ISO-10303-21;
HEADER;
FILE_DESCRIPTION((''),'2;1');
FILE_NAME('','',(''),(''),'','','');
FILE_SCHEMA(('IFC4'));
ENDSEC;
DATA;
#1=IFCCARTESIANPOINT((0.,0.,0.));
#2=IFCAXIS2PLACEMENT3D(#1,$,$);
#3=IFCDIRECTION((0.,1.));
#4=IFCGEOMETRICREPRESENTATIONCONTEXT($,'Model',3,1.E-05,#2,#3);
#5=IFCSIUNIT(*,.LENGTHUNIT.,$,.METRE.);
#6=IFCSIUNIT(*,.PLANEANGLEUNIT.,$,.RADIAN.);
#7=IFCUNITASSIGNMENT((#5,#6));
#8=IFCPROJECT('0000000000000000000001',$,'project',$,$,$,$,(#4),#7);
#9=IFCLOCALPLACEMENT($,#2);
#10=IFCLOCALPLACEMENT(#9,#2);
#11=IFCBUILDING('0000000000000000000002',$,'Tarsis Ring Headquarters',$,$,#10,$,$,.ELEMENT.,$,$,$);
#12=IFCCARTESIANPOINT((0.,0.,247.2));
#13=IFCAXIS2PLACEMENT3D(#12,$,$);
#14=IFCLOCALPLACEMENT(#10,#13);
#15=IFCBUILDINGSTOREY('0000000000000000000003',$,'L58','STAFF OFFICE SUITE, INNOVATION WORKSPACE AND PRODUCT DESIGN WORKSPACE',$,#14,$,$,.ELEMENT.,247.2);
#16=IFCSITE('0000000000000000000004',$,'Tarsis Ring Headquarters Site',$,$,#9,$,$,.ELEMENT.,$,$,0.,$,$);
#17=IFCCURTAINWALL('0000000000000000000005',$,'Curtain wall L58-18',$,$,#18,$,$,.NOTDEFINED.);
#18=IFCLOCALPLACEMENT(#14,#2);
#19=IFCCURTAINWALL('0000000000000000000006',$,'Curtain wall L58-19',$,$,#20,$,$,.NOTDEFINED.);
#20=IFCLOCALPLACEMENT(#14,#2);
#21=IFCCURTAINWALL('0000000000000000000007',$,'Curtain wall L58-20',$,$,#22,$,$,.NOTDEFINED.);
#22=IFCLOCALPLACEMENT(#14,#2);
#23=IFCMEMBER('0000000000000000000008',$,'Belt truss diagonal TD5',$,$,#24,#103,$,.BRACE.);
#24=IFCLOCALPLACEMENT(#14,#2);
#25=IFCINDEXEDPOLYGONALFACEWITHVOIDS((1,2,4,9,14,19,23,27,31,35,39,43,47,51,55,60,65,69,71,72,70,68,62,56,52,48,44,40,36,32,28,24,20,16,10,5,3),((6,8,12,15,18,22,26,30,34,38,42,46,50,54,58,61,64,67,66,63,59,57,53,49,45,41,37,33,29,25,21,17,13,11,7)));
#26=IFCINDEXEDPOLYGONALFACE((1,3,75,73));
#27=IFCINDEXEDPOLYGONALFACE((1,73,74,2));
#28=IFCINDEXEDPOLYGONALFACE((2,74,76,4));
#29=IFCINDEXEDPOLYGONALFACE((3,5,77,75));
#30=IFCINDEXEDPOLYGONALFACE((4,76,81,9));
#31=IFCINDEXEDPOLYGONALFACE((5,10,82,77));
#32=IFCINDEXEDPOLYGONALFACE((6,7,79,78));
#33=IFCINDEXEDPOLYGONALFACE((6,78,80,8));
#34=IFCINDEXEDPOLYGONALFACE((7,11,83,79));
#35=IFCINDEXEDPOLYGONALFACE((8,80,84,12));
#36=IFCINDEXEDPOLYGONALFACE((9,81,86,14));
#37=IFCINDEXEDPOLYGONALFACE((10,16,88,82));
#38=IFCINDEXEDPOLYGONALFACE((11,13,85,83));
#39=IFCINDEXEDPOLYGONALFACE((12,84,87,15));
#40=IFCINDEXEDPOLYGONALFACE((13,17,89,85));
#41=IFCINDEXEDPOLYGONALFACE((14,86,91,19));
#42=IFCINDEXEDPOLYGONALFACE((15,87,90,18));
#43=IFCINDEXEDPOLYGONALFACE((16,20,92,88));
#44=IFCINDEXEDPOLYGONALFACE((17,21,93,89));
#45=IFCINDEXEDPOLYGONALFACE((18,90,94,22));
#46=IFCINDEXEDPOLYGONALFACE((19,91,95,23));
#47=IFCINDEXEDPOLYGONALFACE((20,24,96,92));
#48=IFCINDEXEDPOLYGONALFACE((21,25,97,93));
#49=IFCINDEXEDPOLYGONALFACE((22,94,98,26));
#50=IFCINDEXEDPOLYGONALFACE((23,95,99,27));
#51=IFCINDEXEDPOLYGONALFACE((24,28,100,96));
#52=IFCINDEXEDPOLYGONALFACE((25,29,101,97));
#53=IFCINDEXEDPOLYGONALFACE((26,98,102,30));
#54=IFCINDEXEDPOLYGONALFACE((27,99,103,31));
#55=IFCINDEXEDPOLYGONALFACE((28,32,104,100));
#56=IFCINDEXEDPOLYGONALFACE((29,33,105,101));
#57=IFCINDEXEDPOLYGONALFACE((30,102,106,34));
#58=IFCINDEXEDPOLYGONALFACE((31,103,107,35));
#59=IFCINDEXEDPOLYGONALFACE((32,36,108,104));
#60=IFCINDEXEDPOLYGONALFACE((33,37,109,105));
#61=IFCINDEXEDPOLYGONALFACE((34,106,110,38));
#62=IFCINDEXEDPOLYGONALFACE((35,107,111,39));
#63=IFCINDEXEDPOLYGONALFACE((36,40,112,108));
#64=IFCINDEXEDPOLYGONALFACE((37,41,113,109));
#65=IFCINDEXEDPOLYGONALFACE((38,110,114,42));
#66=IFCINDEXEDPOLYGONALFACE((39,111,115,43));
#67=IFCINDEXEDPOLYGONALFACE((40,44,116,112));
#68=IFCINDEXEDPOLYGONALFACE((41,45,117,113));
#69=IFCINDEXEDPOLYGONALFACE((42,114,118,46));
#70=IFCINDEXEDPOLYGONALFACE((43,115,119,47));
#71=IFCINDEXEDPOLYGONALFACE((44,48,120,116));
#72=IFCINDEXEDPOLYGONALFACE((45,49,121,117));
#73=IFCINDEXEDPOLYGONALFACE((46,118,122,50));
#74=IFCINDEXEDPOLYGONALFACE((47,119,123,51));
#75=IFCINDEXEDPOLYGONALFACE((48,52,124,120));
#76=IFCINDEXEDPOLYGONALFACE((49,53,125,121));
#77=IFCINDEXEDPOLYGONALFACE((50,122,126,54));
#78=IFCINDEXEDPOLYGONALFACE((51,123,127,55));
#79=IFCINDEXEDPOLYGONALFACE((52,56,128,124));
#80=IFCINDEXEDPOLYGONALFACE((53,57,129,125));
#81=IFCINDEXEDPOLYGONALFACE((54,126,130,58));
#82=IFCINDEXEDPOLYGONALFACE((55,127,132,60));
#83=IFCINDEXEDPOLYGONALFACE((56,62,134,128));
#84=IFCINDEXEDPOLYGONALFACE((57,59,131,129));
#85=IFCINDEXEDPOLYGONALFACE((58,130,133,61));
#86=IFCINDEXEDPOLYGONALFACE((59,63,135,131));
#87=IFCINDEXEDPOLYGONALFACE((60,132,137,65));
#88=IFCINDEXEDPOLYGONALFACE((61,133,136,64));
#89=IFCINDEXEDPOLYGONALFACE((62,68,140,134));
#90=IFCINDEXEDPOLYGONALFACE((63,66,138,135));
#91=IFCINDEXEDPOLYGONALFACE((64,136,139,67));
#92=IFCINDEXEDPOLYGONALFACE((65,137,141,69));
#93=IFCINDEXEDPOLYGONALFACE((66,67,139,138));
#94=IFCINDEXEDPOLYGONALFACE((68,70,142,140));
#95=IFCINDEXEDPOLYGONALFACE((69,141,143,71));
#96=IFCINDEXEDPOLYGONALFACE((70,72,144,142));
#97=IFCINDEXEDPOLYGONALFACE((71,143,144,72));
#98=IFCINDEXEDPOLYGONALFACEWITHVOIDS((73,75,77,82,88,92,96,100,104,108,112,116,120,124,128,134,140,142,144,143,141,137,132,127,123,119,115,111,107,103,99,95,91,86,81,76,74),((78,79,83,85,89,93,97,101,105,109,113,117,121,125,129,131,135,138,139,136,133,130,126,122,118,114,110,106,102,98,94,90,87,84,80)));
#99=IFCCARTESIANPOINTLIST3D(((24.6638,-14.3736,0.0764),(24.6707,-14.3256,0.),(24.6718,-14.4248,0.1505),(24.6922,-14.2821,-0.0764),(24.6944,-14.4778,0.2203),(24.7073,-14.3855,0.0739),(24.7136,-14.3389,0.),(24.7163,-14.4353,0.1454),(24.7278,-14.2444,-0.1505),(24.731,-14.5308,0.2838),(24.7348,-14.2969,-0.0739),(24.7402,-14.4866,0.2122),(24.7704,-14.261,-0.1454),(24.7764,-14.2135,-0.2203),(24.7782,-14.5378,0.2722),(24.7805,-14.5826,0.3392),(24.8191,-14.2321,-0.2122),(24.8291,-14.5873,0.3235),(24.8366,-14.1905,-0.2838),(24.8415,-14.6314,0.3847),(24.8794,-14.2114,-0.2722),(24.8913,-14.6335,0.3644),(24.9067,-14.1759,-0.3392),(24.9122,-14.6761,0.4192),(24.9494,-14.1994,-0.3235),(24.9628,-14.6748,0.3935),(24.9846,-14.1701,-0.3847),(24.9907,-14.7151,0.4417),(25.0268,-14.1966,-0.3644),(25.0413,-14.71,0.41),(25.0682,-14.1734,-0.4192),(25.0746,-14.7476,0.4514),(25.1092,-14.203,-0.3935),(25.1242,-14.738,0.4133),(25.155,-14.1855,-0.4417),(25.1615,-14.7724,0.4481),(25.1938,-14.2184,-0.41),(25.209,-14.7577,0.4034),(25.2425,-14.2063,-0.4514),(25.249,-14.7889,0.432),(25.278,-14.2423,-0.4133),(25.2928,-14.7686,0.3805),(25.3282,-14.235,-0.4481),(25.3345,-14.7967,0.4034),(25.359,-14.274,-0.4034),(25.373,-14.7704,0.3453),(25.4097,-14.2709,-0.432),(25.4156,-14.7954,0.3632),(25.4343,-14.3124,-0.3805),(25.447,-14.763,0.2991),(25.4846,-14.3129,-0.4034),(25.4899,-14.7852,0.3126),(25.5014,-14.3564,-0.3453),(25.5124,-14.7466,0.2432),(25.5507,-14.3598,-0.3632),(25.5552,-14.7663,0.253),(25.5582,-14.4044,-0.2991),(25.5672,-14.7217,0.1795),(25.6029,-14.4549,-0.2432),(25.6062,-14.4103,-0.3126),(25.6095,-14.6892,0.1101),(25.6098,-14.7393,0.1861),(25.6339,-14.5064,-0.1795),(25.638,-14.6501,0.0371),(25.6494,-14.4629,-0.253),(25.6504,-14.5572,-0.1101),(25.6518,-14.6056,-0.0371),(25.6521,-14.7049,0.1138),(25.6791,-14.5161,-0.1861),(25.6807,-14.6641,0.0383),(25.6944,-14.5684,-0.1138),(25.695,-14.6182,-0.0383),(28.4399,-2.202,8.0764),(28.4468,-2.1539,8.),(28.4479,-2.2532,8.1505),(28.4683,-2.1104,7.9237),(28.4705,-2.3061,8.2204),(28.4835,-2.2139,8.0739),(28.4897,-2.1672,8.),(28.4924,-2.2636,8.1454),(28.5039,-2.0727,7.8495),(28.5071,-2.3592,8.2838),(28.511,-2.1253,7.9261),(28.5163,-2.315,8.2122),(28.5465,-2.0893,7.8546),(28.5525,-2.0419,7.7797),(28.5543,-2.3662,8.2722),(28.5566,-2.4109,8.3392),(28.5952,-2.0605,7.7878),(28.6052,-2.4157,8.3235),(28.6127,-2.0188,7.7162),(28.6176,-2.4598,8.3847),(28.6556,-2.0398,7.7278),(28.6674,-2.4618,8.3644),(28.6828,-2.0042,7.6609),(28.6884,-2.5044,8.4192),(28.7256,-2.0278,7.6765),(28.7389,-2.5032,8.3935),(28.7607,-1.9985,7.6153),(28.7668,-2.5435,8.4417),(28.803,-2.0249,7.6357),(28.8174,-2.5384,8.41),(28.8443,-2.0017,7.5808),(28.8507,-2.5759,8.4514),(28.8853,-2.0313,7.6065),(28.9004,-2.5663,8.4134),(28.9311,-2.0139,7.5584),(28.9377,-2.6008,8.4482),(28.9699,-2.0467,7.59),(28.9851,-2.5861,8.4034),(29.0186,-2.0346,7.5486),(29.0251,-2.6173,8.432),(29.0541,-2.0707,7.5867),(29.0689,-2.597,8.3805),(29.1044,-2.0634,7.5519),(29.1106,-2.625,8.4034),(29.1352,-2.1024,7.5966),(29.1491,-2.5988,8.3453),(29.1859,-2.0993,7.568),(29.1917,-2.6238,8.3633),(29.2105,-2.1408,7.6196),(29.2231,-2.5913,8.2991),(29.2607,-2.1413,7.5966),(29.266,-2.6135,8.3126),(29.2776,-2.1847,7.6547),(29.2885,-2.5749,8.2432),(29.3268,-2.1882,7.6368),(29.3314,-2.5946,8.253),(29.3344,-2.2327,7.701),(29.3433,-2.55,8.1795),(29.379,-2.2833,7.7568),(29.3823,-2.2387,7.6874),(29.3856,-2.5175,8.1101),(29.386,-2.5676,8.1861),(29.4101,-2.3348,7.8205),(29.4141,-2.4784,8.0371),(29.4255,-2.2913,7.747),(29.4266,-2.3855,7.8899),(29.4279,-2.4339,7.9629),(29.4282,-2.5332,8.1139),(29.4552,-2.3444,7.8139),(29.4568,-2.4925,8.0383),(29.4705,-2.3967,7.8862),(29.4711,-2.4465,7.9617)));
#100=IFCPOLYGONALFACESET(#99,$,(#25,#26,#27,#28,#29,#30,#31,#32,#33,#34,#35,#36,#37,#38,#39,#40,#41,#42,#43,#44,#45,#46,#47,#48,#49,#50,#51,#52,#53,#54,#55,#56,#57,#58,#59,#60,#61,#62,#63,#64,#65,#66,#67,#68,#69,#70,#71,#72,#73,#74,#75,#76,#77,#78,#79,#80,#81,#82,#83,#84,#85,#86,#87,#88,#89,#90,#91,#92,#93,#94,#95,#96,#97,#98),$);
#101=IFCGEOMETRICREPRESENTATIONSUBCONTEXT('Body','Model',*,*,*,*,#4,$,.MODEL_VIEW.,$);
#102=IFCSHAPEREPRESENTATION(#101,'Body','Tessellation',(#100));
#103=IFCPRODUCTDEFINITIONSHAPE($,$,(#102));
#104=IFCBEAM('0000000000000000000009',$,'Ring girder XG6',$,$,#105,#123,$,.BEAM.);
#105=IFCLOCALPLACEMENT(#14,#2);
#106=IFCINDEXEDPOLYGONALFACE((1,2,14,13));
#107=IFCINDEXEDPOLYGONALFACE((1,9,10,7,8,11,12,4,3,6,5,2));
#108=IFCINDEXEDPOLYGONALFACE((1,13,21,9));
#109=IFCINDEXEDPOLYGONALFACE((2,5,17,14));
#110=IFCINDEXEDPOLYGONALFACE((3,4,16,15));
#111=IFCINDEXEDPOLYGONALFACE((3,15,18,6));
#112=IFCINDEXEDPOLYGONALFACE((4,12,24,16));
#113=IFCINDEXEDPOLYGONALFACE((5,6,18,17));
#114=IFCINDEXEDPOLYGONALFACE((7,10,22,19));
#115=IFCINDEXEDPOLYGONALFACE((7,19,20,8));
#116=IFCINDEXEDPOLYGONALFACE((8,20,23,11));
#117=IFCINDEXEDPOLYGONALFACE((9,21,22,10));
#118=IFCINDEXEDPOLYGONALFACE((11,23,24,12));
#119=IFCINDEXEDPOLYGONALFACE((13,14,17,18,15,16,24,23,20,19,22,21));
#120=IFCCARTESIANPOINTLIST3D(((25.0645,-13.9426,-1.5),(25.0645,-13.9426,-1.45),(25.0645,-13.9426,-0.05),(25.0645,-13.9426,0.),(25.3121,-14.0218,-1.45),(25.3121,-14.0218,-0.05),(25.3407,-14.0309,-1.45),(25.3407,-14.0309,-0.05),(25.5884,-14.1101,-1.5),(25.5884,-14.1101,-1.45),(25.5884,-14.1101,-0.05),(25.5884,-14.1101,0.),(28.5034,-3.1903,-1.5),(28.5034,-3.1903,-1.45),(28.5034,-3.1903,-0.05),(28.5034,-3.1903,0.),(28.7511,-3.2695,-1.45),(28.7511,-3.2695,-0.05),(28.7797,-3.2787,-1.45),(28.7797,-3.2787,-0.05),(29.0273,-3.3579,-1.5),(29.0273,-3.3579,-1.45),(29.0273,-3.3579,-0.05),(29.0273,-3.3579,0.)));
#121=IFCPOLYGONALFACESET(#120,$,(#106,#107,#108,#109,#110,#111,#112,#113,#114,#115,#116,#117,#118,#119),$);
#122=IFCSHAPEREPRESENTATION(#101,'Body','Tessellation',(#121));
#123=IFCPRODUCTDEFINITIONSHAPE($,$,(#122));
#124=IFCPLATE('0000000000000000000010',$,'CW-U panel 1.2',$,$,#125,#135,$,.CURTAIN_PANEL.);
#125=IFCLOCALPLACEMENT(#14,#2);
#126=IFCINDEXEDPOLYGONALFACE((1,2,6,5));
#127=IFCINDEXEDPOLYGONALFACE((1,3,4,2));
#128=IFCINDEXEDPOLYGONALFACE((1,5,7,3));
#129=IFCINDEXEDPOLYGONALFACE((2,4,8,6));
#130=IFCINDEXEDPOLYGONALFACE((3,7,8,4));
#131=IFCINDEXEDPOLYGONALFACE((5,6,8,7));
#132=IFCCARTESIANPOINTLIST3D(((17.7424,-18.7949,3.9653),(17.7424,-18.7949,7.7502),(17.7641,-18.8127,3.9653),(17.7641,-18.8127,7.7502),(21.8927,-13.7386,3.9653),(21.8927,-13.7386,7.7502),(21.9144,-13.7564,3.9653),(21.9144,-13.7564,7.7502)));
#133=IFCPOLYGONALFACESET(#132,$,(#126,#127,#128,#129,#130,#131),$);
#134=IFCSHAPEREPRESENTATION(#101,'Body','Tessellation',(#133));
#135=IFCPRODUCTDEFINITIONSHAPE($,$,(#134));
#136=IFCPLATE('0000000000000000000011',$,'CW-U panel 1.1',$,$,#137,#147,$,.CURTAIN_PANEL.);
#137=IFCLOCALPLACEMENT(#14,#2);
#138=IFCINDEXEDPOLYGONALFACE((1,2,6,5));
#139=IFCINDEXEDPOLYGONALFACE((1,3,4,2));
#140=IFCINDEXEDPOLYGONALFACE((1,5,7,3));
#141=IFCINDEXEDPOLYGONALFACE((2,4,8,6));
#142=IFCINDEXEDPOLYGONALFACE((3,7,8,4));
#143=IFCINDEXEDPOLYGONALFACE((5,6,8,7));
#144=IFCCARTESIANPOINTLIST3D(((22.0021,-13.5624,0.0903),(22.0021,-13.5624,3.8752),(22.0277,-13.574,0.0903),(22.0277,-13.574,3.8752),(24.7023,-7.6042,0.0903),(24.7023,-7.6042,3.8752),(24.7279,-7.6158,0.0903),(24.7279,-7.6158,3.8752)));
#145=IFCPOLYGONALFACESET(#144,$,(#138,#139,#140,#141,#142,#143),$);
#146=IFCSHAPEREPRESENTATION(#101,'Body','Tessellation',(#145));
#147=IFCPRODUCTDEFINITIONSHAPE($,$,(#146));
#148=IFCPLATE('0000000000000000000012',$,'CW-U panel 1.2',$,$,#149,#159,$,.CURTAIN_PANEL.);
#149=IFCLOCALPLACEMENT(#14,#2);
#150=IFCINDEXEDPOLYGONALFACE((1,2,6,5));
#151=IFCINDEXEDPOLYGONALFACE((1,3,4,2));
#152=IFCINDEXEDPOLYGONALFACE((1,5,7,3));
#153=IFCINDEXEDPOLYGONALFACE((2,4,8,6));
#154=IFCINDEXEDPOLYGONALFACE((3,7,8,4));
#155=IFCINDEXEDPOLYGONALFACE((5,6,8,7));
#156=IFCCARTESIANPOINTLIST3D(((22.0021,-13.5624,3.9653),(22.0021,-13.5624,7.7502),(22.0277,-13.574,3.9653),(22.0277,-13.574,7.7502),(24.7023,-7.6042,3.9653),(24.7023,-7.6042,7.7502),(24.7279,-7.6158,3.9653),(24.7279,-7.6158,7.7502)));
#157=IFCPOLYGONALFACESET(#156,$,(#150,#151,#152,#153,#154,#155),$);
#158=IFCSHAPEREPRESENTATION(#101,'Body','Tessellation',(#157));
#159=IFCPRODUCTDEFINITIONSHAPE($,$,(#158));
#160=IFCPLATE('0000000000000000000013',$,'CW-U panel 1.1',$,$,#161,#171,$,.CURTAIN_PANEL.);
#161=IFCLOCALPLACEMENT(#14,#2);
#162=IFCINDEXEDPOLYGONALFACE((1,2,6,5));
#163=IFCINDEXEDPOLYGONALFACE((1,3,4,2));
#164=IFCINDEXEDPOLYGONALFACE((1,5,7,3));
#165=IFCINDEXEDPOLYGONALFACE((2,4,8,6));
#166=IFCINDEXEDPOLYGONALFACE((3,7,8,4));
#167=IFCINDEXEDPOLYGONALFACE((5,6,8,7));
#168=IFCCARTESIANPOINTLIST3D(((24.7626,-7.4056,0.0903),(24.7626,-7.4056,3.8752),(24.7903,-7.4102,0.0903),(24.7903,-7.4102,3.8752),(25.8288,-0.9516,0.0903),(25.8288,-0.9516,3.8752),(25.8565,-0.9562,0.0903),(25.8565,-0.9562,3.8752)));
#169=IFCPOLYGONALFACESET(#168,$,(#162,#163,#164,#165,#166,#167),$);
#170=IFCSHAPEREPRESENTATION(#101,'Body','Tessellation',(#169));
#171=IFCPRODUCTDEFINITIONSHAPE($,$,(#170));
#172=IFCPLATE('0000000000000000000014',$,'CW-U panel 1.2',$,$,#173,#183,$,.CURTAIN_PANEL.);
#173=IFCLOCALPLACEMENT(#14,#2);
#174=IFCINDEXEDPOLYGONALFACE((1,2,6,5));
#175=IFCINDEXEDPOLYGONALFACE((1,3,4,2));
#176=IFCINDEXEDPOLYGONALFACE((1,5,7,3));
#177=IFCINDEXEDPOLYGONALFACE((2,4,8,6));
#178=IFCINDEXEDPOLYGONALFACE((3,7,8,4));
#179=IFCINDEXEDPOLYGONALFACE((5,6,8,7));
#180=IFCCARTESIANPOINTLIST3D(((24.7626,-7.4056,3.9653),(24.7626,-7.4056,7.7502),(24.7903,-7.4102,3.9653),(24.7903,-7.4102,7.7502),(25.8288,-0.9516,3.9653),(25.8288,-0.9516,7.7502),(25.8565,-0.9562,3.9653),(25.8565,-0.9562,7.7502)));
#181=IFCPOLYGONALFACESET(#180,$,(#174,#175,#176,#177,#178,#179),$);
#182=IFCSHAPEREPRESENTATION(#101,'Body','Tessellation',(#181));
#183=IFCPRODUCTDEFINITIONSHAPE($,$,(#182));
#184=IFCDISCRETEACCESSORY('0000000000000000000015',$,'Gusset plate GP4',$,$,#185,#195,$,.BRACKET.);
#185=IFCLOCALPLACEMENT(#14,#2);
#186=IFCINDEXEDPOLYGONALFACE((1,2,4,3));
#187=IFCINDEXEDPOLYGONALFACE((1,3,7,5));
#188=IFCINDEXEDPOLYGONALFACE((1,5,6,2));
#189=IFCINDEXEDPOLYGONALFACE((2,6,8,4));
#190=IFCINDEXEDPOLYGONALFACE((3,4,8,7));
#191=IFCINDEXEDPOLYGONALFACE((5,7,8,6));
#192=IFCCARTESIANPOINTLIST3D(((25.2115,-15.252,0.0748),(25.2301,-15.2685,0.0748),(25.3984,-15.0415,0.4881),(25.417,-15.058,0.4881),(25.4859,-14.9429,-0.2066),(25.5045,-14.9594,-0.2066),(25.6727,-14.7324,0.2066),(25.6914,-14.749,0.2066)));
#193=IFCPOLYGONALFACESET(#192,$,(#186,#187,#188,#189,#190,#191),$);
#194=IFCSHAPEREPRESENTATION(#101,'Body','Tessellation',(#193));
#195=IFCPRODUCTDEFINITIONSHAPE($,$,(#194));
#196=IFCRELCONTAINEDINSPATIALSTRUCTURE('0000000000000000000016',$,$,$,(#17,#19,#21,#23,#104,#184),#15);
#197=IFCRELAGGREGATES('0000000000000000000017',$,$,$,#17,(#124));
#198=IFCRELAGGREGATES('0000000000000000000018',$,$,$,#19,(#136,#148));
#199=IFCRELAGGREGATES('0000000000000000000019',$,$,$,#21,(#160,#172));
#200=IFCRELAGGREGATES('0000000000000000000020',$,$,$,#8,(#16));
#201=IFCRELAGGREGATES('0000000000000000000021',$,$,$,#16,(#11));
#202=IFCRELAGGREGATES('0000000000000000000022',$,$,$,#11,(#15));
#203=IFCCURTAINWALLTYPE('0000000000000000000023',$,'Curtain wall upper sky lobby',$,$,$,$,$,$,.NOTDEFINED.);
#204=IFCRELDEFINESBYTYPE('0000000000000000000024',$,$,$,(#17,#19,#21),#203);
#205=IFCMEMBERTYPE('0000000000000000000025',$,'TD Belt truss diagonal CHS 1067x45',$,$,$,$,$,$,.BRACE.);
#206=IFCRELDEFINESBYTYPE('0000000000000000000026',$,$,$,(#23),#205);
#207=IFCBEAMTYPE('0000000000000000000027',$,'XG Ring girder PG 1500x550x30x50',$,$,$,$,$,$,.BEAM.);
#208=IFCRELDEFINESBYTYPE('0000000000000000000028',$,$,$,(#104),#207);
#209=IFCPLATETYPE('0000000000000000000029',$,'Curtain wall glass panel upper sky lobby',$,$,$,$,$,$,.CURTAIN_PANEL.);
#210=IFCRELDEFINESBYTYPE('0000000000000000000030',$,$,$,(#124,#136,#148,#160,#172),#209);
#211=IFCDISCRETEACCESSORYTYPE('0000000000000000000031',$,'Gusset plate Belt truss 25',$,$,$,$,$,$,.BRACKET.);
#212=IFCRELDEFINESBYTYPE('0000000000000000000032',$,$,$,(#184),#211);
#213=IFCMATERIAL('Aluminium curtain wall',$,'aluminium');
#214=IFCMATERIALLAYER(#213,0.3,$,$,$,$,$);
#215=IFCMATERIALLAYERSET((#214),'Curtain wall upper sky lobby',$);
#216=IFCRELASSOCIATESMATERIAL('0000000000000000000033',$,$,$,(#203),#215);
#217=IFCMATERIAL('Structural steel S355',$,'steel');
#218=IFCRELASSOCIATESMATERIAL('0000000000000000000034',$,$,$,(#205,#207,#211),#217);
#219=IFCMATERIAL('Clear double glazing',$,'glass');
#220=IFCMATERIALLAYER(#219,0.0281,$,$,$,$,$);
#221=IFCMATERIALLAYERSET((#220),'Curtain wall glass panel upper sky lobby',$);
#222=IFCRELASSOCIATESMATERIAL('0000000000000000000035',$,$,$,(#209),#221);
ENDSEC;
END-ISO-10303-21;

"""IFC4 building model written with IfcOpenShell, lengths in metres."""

from ifc_helpers import new_model, si_unit, direction, frame, origin, origin_2d, place, context, subcontext, project, spatial, rectangle, hollow_circle, i_section, extrude, material, layer, layer_set, material_profile, profile_set, type_object, element, aggregate, save


model = new_model("IFC4")

# Units and contexts
model_context = context("Model", 3, precision=1e-05, world=origin(), true_north=direction((0.0, 1.0)))
body_context = subcontext(model_context, "Body", "Model", "MODEL_VIEW")
ifc_project = project(units=[si_unit("LENGTHUNIT", "METRE"), si_unit("PLANEANGLEUNIT", "RADIAN")], contexts=[model_context])

# Site, building, storey
site_placement = place(None, origin())
site = spatial("IfcSite", under=ifc_project, at=site_placement, Name="Tarsis Ring Headquarters Site", CompositionType="ELEMENT", RefElevation=0.0)
building_placement = place(site_placement, origin())
building = spatial("IfcBuilding", under=site, at=building_placement, Name="Tarsis Ring Headquarters", CompositionType="ELEMENT")
storey_placement = place(building_placement, frame((0.0, 0.0, 247.2)))
storey = spatial("IfcBuildingStorey", under=building, at=storey_placement, Name="L58", Description="STAFF OFFICE SUITE, INNOVATION WORKSPACE AND PRODUCT DESIGN WORKSPACE", CompositionType="ELEMENT", Elevation=247.2)

# Shared definitions
ifc_material_1 = material(Name="Structural steel S355", Category="steel")
ifc_material_profile_1 = material_profile(ifc_material_1, hollow_circle(Radius=0.5334, WallThickness=0.0449, at=origin_2d()), Name="CHS 1067x45")
ifc_profile_set_1 = profile_set([ifc_material_profile_1], Name="Structural steel S355")

# Curtain wall
ifc_material_2 = material(Name="Aluminium curtain wall", Category="aluminium")
ifc_layer_1 = layer(ifc_material_2, 0.3)
ifc_layer_set_1 = layer_set([ifc_layer_1], Name="Curtain wall upper sky lobby")
curtain_wall_type = type_object("IfcCurtainWallType", Name="Curtain wall upper sky lobby", PredefinedType="NOTDEFINED", material=ifc_layer_set_1)
curtain_wall_1_placement = place(storey_placement, origin())
curtain_wall_1 = element("IfcCurtainWall", 1, at=curtain_wall_1_placement, inside=storey, type_object=curtain_wall_type, Name="Curtain wall L58-18", PredefinedType="NOTDEFINED")

# Curtain wall
curtain_wall_2_placement = place(storey_placement, origin())
curtain_wall_2 = element("IfcCurtainWall", 2, at=curtain_wall_2_placement, inside=storey, type_object=curtain_wall_type, Name="Curtain wall L58-19", PredefinedType="NOTDEFINED")

# Curtain wall
curtain_wall_3_placement = place(storey_placement, origin())
curtain_wall_3 = element("IfcCurtainWall", 3, at=curtain_wall_3_placement, inside=storey, type_object=curtain_wall_type, Name="Curtain wall L58-20", PredefinedType="NOTDEFINED")

# Member
member_type_1 = type_object("IfcMemberType", Name="TD Belt truss diagonal CHS 1067x45", PredefinedType="BRACE", material=ifc_profile_set_1)
member_1_placement = place(storey_placement, frame((25.1802, -14.4836, 0.0), z_axis=(0.250958, 0.808916, 0.531673), x_axis=(-0.955093, 0.296308, 0.0)))
element("IfcMember", 4, at=member_1_placement, inside=storey, type_object=member_type_1, Name="Belt truss diagonal TD5", PredefinedType="BRACE", context=body_context, shape_type="SweptSolid", body=[
    extrude(hollow_circle(Radius=0.5334, WallThickness=0.0449, at=origin_2d()), origin(), (0.0, 0.0, 1.0), 15.0469),
])

# Beam
ifc_material_profile_2 = material_profile(ifc_material_1, i_section(OverallWidth=0.55, OverallDepth=1.5, WebThickness=0.03, FlangeThickness=0.05, at=origin_2d()), Name="PG 1500x550x30x50")
ifc_profile_set_2 = profile_set([ifc_material_profile_2], Name="Structural steel S355")
beam_type = type_object("IfcBeamType", Name="XG Ring girder PG 1500x550x30x50", PredefinedType="BEAM", material=ifc_profile_set_2)
beam_placement = place(storey_placement, frame((25.3264, -14.0264, -0.75), z_axis=(0.304636, 0.952469, 0.0), x_axis=(-0.952469, 0.304636, 0.0)))
element("IfcBeam", 5, at=beam_placement, inside=storey, type_object=beam_type, Name="Ring girder XG6", PredefinedType="BEAM", context=body_context, shape_type="SweptSolid", body=[
    extrude(i_section(OverallWidth=0.55, OverallDepth=1.5, WebThickness=0.03, FlangeThickness=0.05, at=origin_2d()), origin(), (0.0, 0.0, 1.0), 11.2888),
])

# Plates
ifc_material_3 = material(Name="Clear double glazing", Category="glass")
ifc_layer_2 = layer(ifc_material_3, 0.0281)
ifc_layer_set_2 = layer_set([ifc_layer_2], Name="Curtain wall glass panel upper sky lobby")
plate_type = type_object("IfcPlateType", Name="Curtain wall glass panel upper sky lobby", PredefinedType="CURTAIN_PANEL", material=ifc_layer_set_2)
plate_1_placement = place(storey_placement, frame((19.8284, -16.2756, 3.9653), z_axis=(0.0, 0.0, 1.0), x_axis=(0.634461, 0.772955, 0.0)))
plate_1 = element("IfcPlate", 6, at=plate_1_placement, type_object=plate_type, Name="CW-U panel 1.2", PredefinedType="CURTAIN_PANEL", context=body_context, shape_type="SweptSolid", body=[
    extrude(rectangle(XDim=6.5415, YDim=0.0281, at=origin_2d()), origin(), (0.0, 0.0, 1.0), 3.7849),
])
aggregate(curtain_wall_1, [plate_1])
plate_2_placement = place(storey_placement, frame((23.365, -10.5891, 0.0903), z_axis=(0.0, 0.0, 1.0), x_axis=(0.412786, 0.910828, 0.0)))
plate_2 = element("IfcPlate", 7, at=plate_2_placement, type_object=plate_type, Name="CW-U panel 1.1", PredefinedType="CURTAIN_PANEL", context=body_context, shape_type="SweptSolid", body=[
    extrude(rectangle(XDim=6.5415, YDim=0.0281, at=origin_2d()), origin(), (0.0, 0.0, 1.0), 3.7849),
])
plate_3_placement = place(storey_placement, frame((23.365, -10.5891, 3.9653), z_axis=(0.0, 0.0, 1.0), x_axis=(0.412786, 0.910828, 0.0)))
plate_3 = element("IfcPlate", 8, at=plate_3_placement, type_object=plate_type, Name="CW-U panel 1.2", PredefinedType="CURTAIN_PANEL", context=body_context, shape_type="SweptSolid", body=[
    extrude(rectangle(XDim=6.5415, YDim=0.0281, at=origin_2d()), origin(), (0.0, 0.0, 1.0), 3.7849),
])
aggregate(curtain_wall_2, [plate_2, plate_3])
plate_4_placement = place(storey_placement, frame((25.3096, -4.1809, 0.0903), z_axis=(0.0, 0.0, 1.0), x_axis=(0.162981, 0.986629, 0.0)))
plate_4 = element("IfcPlate", 9, at=plate_4_placement, type_object=plate_type, Name="CW-U panel 1.1", PredefinedType="CURTAIN_PANEL", context=body_context, shape_type="SweptSolid", body=[
    extrude(rectangle(XDim=6.5415, YDim=0.0281, at=origin_2d()), origin(), (0.0, 0.0, 1.0), 3.7849),
])
plate_5_placement = place(storey_placement, frame((25.3096, -4.1809, 3.9653), z_axis=(0.0, 0.0, 1.0), x_axis=(0.162981, 0.986629, 0.0)))
plate_5 = element("IfcPlate", 10, at=plate_5_placement, type_object=plate_type, Name="CW-U panel 1.2", PredefinedType="CURTAIN_PANEL", context=body_context, shape_type="SweptSolid", body=[
    extrude(rectangle(XDim=6.5415, YDim=0.0281, at=origin_2d()), origin(), (0.0, 0.0, 1.0), 3.7849),
])
aggregate(curtain_wall_3, [plate_4, plate_5])

# Discrete accessory
ifc_material_profile_3 = material_profile(ifc_material_1, rectangle(XDim=0.0249, YDim=0.5, at=origin_2d()), Name="PL 25x500")
ifc_profile_set_3 = profile_set([ifc_material_profile_3], Name="Structural steel S355")
discrete_accessory_type = type_object("IfcDiscreteAccessoryType", Name="Gusset plate Belt truss 25", PredefinedType="BRACKET", material=ifc_profile_set_3)
for number, where, z_axis, x_axis, name in (
    (11, (25.5886, -14.8459, 0.0), (-0.548747, -0.618073, 0.562905), (0.7478, -0.663924, 0.0), "Gusset plate GP4"),
):
    element("IfcDiscreteAccessory", number, at=place(storey_placement, frame(where, z_axis=z_axis, x_axis=x_axis)), inside=storey, type_object=discrete_accessory_type, Name=name, PredefinedType="BRACKET", context=body_context, shape_type="SweptSolid", body=[
        extrude(rectangle(XDim=0.0249, YDim=0.5, at=origin_2d()), origin(), (0.0, 0.0, 1.0), 0.5),
    ])

save(model, "model.ifc")
